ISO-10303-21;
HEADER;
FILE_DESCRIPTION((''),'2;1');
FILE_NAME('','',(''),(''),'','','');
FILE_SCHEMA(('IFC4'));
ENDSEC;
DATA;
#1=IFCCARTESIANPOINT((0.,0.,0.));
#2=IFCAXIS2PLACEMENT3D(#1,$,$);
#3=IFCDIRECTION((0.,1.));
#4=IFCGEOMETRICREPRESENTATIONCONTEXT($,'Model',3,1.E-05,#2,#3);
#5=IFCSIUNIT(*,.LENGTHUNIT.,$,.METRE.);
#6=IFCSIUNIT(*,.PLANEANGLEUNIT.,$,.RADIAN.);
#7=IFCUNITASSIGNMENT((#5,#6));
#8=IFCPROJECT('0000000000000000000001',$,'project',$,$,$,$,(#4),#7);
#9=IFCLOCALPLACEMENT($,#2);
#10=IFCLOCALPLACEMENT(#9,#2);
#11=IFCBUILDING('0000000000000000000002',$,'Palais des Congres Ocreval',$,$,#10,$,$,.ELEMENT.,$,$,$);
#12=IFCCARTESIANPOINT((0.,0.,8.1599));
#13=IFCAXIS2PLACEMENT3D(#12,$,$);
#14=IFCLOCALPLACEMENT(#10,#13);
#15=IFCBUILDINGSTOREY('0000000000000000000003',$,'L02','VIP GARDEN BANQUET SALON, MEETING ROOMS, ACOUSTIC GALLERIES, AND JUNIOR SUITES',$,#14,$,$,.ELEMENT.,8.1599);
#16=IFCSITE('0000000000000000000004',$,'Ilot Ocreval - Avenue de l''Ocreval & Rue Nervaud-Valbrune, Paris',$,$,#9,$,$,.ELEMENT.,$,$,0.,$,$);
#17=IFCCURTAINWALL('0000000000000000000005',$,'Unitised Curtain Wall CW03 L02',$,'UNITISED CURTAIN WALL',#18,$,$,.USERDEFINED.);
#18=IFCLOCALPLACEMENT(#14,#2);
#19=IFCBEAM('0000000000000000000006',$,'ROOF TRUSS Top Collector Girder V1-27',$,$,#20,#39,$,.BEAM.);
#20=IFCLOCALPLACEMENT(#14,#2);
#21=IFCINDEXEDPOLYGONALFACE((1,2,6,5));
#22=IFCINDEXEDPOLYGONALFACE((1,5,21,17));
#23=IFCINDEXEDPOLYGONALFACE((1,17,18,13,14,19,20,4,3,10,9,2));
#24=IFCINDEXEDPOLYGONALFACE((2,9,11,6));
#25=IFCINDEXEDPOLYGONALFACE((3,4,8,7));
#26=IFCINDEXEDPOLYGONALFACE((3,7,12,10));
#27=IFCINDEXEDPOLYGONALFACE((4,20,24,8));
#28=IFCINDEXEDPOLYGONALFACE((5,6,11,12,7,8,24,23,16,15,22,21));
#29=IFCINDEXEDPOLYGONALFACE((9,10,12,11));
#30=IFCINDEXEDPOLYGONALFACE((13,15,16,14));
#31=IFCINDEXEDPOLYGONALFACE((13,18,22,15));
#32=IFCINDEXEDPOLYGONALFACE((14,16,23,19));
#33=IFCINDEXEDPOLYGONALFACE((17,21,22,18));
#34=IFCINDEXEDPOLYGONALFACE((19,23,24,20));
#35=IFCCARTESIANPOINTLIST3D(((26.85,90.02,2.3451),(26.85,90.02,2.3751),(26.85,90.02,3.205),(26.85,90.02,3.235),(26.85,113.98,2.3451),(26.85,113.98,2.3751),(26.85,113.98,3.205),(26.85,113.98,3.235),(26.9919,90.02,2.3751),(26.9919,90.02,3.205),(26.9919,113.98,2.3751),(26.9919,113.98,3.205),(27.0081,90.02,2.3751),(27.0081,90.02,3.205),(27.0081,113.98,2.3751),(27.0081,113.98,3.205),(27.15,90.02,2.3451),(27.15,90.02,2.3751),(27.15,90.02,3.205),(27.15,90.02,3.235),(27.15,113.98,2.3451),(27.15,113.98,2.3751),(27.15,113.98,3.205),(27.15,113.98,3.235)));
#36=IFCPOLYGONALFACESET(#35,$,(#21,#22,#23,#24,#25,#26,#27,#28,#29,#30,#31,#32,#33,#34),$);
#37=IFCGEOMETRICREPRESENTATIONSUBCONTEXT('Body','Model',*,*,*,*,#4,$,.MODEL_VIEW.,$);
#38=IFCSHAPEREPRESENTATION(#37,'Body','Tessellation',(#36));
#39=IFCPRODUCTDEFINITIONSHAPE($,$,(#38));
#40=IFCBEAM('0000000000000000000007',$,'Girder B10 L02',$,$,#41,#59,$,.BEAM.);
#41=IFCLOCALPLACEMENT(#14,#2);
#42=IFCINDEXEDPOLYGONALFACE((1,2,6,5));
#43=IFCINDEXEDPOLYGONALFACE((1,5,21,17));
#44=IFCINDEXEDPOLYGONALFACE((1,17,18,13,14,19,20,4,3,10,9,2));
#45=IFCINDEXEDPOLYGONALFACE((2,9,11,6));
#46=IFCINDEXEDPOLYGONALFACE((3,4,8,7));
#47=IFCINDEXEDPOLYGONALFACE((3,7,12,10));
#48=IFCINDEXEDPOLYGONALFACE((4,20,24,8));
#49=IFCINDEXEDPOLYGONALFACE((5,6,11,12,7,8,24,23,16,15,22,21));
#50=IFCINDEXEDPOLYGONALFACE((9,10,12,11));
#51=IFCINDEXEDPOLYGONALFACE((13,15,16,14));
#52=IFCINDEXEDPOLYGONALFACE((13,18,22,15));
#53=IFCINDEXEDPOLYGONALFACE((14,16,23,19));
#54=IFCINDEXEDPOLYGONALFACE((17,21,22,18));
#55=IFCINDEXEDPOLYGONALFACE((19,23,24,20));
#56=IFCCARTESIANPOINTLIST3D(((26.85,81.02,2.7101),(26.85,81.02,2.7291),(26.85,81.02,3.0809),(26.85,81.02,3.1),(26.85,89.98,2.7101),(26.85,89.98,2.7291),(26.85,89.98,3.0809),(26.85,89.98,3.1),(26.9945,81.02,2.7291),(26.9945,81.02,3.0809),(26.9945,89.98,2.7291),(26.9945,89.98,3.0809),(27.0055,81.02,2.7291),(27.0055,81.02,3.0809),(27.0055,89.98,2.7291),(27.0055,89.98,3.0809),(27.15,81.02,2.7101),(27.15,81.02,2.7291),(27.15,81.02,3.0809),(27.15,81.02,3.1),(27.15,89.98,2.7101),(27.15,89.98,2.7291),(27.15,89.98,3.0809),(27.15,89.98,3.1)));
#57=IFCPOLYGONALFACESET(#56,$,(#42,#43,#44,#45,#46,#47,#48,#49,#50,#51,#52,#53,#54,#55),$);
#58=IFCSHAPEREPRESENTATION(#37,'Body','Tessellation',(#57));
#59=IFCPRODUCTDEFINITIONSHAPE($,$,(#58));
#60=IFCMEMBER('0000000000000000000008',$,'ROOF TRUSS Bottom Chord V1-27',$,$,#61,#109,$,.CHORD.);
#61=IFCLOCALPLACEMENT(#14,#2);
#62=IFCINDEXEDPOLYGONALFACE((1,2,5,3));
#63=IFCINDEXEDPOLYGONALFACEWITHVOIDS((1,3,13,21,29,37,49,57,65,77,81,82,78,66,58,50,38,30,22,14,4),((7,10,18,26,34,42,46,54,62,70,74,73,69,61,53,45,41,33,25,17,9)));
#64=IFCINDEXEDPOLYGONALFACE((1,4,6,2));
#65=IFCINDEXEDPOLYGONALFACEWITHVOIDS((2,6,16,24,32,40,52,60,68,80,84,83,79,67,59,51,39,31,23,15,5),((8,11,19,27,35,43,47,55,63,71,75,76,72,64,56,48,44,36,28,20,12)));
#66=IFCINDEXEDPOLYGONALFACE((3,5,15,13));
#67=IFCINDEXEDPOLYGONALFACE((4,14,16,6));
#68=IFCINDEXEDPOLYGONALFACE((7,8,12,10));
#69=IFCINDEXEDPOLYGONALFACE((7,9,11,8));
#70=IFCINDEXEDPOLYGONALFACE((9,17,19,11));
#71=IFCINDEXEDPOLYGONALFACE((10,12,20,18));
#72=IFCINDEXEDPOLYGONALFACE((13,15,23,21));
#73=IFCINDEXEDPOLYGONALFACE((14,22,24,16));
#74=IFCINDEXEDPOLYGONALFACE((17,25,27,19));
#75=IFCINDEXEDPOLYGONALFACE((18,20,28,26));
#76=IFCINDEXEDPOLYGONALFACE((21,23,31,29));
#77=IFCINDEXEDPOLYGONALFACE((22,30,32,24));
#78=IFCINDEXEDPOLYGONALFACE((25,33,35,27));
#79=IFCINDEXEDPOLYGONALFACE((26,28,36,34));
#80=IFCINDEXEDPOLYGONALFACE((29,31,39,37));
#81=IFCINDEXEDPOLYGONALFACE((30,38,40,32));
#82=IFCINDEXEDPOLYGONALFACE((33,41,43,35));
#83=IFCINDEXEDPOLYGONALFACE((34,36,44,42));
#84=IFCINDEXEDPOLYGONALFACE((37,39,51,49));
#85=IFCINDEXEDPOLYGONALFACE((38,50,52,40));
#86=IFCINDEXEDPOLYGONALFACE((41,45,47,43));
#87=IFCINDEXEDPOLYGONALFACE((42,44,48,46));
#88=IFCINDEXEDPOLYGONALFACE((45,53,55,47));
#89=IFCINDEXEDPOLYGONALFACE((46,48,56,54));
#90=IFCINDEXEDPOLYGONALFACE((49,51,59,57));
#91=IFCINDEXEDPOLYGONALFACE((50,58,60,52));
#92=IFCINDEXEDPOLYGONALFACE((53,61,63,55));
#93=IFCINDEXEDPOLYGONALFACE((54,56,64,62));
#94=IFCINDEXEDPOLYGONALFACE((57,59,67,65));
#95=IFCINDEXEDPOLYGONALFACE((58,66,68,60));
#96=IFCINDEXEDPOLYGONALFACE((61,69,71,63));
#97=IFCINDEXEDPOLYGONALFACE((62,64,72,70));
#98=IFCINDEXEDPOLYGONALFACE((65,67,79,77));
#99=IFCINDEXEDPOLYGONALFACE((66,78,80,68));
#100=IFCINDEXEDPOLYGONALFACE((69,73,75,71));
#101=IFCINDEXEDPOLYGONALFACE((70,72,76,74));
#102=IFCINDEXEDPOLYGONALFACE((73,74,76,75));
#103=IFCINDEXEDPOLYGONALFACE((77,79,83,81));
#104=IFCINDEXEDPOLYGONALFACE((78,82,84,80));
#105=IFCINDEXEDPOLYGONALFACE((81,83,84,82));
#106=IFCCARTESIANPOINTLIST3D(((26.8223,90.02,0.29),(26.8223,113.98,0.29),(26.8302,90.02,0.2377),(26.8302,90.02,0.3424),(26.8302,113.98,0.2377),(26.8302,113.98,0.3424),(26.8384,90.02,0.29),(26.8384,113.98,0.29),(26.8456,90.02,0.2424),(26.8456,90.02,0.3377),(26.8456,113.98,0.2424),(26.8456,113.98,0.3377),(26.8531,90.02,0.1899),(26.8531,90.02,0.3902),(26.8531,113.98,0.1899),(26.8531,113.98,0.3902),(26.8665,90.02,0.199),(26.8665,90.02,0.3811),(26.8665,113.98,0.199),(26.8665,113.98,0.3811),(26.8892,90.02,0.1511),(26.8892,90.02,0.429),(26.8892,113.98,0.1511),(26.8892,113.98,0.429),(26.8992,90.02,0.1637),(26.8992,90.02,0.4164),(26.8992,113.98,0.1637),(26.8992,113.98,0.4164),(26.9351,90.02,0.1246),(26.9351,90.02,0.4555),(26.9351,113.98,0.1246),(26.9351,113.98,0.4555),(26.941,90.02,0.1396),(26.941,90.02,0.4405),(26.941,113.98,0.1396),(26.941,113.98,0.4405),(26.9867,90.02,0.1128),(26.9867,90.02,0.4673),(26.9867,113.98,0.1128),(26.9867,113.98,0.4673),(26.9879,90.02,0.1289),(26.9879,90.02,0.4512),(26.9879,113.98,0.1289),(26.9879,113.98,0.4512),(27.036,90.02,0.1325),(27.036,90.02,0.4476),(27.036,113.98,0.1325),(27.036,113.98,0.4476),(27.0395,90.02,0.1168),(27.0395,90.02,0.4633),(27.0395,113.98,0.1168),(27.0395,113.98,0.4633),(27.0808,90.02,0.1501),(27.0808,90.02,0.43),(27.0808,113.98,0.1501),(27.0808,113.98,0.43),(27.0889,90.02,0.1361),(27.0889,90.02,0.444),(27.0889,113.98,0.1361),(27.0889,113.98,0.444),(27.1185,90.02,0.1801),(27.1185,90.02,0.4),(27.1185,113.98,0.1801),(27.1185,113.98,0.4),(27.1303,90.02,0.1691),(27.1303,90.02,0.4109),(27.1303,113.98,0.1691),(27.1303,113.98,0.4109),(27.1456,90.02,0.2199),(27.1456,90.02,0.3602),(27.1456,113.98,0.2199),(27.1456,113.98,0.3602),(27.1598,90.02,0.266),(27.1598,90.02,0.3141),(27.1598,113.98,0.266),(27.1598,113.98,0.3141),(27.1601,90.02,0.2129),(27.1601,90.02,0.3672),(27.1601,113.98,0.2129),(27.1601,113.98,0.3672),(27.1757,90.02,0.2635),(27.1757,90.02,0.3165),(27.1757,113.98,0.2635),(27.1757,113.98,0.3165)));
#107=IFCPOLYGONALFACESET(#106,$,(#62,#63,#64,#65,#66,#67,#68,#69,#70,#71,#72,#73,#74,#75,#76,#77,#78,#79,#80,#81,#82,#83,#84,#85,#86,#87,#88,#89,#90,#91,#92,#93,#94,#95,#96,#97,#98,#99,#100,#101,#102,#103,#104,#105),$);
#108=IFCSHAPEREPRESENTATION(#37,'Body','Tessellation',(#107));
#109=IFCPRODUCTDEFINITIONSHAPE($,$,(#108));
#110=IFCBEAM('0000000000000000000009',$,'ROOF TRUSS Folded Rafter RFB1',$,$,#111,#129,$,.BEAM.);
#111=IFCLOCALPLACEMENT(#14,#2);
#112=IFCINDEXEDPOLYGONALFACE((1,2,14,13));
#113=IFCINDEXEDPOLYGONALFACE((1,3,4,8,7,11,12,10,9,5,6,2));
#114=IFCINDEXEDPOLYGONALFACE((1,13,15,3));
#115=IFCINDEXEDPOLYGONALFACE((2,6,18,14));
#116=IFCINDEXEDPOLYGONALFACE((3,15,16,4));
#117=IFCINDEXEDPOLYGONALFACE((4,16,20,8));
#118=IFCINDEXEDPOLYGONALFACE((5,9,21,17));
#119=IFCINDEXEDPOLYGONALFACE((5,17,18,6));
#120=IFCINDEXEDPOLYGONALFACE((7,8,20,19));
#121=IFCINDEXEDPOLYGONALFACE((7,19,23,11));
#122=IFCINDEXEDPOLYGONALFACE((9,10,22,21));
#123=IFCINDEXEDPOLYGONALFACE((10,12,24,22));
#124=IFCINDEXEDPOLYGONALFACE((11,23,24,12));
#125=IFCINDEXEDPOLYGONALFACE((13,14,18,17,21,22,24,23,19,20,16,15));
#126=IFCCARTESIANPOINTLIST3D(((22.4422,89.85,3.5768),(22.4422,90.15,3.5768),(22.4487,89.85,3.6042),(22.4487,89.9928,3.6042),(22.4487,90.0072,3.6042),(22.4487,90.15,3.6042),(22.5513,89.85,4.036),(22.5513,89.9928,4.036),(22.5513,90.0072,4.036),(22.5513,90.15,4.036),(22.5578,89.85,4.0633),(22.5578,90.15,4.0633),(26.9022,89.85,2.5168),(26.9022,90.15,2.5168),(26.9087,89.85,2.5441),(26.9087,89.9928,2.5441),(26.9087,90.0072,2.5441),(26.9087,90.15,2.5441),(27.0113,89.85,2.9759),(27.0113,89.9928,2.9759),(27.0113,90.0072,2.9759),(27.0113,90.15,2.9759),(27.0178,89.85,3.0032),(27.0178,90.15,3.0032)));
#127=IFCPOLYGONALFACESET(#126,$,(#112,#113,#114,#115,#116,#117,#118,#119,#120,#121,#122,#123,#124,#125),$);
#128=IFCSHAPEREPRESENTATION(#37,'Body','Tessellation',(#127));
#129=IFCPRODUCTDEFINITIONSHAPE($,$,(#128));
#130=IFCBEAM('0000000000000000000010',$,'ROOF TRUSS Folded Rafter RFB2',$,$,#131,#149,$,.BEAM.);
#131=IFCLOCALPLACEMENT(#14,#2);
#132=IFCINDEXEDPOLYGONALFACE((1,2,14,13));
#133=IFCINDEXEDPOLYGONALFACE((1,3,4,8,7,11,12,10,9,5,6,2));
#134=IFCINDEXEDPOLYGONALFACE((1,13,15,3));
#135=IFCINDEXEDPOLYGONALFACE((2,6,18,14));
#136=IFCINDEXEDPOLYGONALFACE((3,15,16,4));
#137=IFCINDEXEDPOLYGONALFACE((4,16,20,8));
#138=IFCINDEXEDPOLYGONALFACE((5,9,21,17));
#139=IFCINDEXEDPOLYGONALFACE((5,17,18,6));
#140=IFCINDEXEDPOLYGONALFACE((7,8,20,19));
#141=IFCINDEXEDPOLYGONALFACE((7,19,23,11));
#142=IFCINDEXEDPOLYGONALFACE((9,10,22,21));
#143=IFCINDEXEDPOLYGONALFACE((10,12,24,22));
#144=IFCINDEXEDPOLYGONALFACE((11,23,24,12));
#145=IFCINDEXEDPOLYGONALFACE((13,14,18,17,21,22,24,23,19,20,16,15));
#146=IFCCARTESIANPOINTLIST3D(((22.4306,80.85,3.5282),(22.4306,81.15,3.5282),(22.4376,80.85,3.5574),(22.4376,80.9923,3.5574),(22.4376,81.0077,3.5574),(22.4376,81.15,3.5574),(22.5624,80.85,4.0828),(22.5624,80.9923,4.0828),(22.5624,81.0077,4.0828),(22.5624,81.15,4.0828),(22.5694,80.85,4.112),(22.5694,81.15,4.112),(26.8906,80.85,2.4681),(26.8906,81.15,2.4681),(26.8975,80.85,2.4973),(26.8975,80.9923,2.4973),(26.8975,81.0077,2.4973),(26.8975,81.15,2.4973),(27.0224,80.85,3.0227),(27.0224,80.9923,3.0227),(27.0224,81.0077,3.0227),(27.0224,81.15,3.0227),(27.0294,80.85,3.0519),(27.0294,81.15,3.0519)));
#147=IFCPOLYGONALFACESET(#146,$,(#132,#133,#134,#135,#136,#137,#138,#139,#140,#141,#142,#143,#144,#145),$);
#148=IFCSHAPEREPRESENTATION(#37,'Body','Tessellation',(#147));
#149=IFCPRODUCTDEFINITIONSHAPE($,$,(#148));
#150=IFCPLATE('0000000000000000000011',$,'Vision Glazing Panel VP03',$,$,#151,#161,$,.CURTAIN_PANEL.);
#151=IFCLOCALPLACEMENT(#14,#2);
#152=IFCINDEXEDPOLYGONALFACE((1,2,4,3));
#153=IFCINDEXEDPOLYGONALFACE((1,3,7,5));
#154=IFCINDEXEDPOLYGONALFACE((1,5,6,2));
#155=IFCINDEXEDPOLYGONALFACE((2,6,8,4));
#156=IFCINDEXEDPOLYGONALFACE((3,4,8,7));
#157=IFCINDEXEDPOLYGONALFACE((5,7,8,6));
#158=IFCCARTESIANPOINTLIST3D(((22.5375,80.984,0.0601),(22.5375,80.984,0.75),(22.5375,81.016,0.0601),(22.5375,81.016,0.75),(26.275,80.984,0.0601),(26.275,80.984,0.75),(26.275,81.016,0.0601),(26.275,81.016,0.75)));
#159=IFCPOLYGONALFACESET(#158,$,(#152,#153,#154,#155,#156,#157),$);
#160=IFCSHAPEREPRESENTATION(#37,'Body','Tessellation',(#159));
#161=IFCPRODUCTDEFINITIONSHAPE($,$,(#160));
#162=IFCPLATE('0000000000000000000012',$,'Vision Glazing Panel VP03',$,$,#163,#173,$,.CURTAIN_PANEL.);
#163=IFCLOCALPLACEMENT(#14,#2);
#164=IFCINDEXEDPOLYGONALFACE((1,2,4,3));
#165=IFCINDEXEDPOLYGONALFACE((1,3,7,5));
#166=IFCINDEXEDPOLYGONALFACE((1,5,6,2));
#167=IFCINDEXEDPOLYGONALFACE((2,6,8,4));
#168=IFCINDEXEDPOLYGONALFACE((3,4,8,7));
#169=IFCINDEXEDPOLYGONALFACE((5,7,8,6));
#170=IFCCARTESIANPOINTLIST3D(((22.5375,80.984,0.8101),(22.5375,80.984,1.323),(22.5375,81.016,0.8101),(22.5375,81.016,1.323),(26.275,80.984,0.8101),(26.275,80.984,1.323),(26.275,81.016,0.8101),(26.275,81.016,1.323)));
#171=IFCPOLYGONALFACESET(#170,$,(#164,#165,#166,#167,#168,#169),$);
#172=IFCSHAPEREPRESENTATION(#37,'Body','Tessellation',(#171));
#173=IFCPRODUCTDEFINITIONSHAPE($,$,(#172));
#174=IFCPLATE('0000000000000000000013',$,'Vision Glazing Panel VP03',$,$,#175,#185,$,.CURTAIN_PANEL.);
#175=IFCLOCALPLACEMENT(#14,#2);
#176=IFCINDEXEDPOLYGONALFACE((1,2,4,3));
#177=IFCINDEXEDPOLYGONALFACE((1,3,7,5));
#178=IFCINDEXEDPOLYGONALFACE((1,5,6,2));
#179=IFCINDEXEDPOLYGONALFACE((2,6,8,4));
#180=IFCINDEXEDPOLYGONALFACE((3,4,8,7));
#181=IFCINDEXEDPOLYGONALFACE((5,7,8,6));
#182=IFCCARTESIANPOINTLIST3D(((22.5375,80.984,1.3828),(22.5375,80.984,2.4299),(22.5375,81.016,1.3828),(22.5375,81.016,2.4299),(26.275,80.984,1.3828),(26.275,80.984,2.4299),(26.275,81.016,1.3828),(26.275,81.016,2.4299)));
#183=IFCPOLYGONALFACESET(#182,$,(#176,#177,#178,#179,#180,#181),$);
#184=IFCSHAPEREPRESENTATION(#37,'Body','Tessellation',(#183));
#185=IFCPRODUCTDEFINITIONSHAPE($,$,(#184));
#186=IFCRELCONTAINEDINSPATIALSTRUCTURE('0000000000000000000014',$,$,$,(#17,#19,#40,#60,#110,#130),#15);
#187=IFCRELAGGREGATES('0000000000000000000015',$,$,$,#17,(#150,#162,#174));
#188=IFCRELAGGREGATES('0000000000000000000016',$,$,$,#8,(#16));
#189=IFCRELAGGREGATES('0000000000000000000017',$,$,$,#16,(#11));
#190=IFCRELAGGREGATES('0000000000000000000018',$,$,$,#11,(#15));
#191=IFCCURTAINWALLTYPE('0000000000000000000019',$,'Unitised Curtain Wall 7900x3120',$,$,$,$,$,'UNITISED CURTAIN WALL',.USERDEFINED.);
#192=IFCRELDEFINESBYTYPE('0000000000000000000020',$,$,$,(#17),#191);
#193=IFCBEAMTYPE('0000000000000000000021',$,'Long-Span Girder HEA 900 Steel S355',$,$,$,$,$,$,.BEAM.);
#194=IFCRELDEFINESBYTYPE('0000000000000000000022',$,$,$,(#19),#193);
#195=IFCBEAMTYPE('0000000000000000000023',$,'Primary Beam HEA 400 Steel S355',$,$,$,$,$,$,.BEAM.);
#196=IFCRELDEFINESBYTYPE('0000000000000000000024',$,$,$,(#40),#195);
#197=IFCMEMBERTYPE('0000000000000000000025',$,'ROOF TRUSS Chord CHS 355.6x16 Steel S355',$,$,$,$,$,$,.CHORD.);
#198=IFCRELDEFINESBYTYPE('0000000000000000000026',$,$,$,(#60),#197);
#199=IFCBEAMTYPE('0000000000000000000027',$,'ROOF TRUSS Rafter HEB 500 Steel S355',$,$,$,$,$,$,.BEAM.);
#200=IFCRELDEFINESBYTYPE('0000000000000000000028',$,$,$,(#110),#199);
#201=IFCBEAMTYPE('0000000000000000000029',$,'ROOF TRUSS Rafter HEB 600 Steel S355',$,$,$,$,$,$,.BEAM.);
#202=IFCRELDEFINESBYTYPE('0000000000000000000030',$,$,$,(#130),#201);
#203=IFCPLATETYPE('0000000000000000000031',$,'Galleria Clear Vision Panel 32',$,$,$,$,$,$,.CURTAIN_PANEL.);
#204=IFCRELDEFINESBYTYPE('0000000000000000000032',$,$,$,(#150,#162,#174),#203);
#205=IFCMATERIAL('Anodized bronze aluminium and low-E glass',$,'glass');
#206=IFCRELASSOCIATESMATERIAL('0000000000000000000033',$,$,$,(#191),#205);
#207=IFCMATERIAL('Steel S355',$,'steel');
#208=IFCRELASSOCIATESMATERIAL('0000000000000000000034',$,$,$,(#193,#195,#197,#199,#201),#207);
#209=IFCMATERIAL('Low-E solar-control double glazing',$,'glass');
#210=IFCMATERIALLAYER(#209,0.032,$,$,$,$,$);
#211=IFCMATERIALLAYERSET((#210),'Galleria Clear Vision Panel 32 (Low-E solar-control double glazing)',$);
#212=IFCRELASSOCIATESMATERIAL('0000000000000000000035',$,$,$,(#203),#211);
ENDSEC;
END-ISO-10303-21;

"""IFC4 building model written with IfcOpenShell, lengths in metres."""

from ifc_helpers import new_model, si_unit, direction, frame, origin, origin_2d, place, context, subcontext, project, spatial, rectangle, hollow_circle, i_section, extrude, material, layer, layer_set, material_profile, profile_set, type_object, element, aggregate, save


model = new_model("IFC4")

# Units and contexts
model_context = context("Model", 3, precision=1e-05, world=origin(), true_north=direction((0.0, 1.0)))
body_context = subcontext(model_context, "Body", "Model", "MODEL_VIEW")
ifc_project = project(units=[si_unit("LENGTHUNIT", "METRE"), si_unit("PLANEANGLEUNIT", "RADIAN")], contexts=[model_context])

# Site, building, storey
site_placement = place(None, origin())
site = spatial("IfcSite", under=ifc_project, at=site_placement, Name="Ilot Ocreval - Avenue de l'Ocreval & Rue Nervaud-Valbrune, Paris", CompositionType="ELEMENT", RefElevation=0.0)
building_placement = place(site_placement, origin())
building = spatial("IfcBuilding", under=site, at=building_placement, Name="Palais des Congres Ocreval", CompositionType="ELEMENT")
storey_placement = place(building_placement, frame((0.0, 0.0, 8.1599)))
storey = spatial("IfcBuildingStorey", under=building, at=storey_placement, Name="L02", Description="VIP GARDEN BANQUET SALON, MEETING ROOMS, ACOUSTIC GALLERIES, AND JUNIOR SUITES", CompositionType="ELEMENT", Elevation=8.1599)

# Shared definitions
ifc_material_1 = material(Name="Steel S355", Category="steel")

# Curtain wall
ifc_material_2 = material(Name="Anodized bronze aluminium and low-E glass", Category="glass")
curtain_wall_type = type_object("IfcCurtainWallType", Name="Unitised Curtain Wall 7900x3120", ElementType="UNITISED CURTAIN WALL", PredefinedType="USERDEFINED", material=ifc_material_2)
curtain_wall_placement = place(storey_placement, origin())
curtain_wall = element("IfcCurtainWall", 1, at=curtain_wall_placement, inside=storey, type_object=curtain_wall_type, Name="Unitised Curtain Wall CW03 L02", ObjectType="UNITISED CURTAIN WALL", PredefinedType="USERDEFINED")

# Beams
ifc_material_profile_1 = material_profile(ifc_material_1, i_section(OverallWidth=0.3, OverallDepth=0.8899, WebThickness=0.0161, FlangeThickness=0.03, at=origin_2d()), Name="HEA 900")
ifc_profile_set_1 = profile_set([ifc_material_profile_1], Name="Steel S355")
beam_type_1 = type_object("IfcBeamType", Name="Long-Span Girder HEA 900 Steel S355", PredefinedType="BEAM", material=ifc_profile_set_1)
beam_1_placement = place(storey_placement, frame((27.0, 90.02, 2.79), z_axis=(0.0, 1.0, 0.0), x_axis=(-1.0, 0.0, 0.0)))
element("IfcBeam", 2, at=beam_1_placement, inside=storey, type_object=beam_type_1, Name="ROOF TRUSS Top Collector Girder V1-27", PredefinedType="BEAM", context=body_context, shape_type="SweptSolid", body=[
    extrude(i_section(OverallWidth=0.3, OverallDepth=0.8899, WebThickness=0.0161, FlangeThickness=0.03, at=origin_2d()), origin(), (0.0, 0.0, 1.0), 23.96),
])
ifc_material_profile_2 = material_profile(ifc_material_1, i_section(OverallWidth=0.3, OverallDepth=0.3899, WebThickness=0.011, FlangeThickness=0.019, at=origin_2d()), Name="HEA 400")
ifc_profile_set_2 = profile_set([ifc_material_profile_2], Name="Steel S355")
beam_type_2 = type_object("IfcBeamType", Name="Primary Beam HEA 400 Steel S355", PredefinedType="BEAM", material=ifc_profile_set_2)
beam_2_placement = place(storey_placement, frame((27.0, 81.02, 2.905), z_axis=(0.0, 1.0, 0.0), x_axis=(-1.0, 0.0, 0.0)))
element("IfcBeam", 3, at=beam_2_placement, inside=storey, type_object=beam_type_2, Name="Girder B10 L02", PredefinedType="BEAM", context=body_context, shape_type="SweptSolid", body=[
    extrude(i_section(OverallWidth=0.3, OverallDepth=0.3899, WebThickness=0.011, FlangeThickness=0.019, at=origin_2d()), origin(), (0.0, 0.0, 1.0), 8.96),
])

# Member
ifc_material_profile_3 = material_profile(ifc_material_1, hollow_circle(Radius=0.1777, WallThickness=0.0161, at=origin_2d()), Name="CHS 355.6x16")
ifc_profile_set_3 = profile_set([ifc_material_profile_3], Name="Steel S355")
member_type_1 = type_object("IfcMemberType", Name="ROOF TRUSS Chord CHS 355.6x16 Steel S355", PredefinedType="CHORD", material=ifc_profile_set_3)
member_1_placement = place(storey_placement, frame((27.0, 90.02, 0.29), z_axis=(0.0, 1.0, 0.0), x_axis=(-1.0, 0.0, 0.0)))
element("IfcMember", 4, at=member_1_placement, inside=storey, type_object=member_type_1, Name="ROOF TRUSS Bottom Chord V1-27", PredefinedType="CHORD", context=body_context, shape_type="SweptSolid", body=[
    extrude(hollow_circle(Radius=0.1777, WallThickness=0.0161, at=origin_2d()), origin(), (0.0, 0.0, 1.0), 23.96),
])

# Beams
ifc_material_profile_4 = material_profile(ifc_material_1, i_section(OverallWidth=0.3, OverallDepth=0.5, WebThickness=0.0144, FlangeThickness=0.0281, at=origin_2d()), Name="HEB 500")
ifc_profile_set_4 = profile_set([ifc_material_profile_4], Name="Steel S355")
beam_type_3 = type_object("IfcBeamType", Name="ROOF TRUSS Rafter HEB 500 Steel S355", PredefinedType="BEAM", material=ifc_profile_set_4)
beam_3_placement = place(storey_placement, frame((22.5, 90.0, 3.8201), z_axis=(0.972896, 0.0, -0.231241), x_axis=(0.0, 1.0, 0.0)))
element("IfcBeam", 5, at=beam_3_placement, inside=storey, type_object=beam_type_3, Name="ROOF TRUSS Folded Rafter RFB1", PredefinedType="BEAM", context=body_context, shape_type="SweptSolid", body=[
    extrude(i_section(OverallWidth=0.3, OverallDepth=0.5, WebThickness=0.0144, FlangeThickness=0.0281, at=origin_2d()), origin(), (0.0, 0.0, 1.0), 4.5842),
])
ifc_material_profile_5 = material_profile(ifc_material_1, i_section(OverallWidth=0.3, OverallDepth=0.6001, WebThickness=0.0154, FlangeThickness=0.03, at=origin_2d()), Name="HEB 600")
ifc_profile_set_5 = profile_set([ifc_material_profile_5], Name="Steel S355")
beam_type_4 = type_object("IfcBeamType", Name="ROOF TRUSS Rafter HEB 600 Steel S355", PredefinedType="BEAM", material=ifc_profile_set_5)
beam_4_placement = place(storey_placement, frame((22.5, 81.0, 3.8201), z_axis=(0.972896, 0.0, -0.231241), x_axis=(0.0, 1.0, 0.0)))
element("IfcBeam", 6, at=beam_4_placement, inside=storey, type_object=beam_type_4, Name="ROOF TRUSS Folded Rafter RFB2", PredefinedType="BEAM", context=body_context, shape_type="SweptSolid", body=[
    extrude(i_section(OverallWidth=0.3, OverallDepth=0.6001, WebThickness=0.0154, FlangeThickness=0.03, at=origin_2d()), origin(), (0.0, 0.0, 1.0), 4.5842),
])

# Plates
ifc_material_3 = material(Name="Low-E solar-control double glazing", Category="glass")
ifc_layer_1 = layer(ifc_material_3, 0.032)
ifc_layer_set_1 = layer_set([ifc_layer_1], Name="Galleria Clear Vision Panel 32 (Low-E solar-control double glazing)")
plate_type_1 = type_object("IfcPlateType", Name="Galleria Clear Vision Panel 32", PredefinedType="CURTAIN_PANEL", material=ifc_layer_set_1)
plate_1_placement = place(storey_placement, frame((24.4062, 81.0, 0.0601), z_axis=(0.0, 0.0, 1.0), x_axis=(-1.0, 0.0, 0.0)))
plate_1 = element("IfcPlate", 7, at=plate_1_placement, type_object=plate_type_1, Name="Vision Glazing Panel VP03", PredefinedType="CURTAIN_PANEL", context=body_context, shape_type="SweptSolid", body=[
    extrude(rectangle(XDim=3.7375, YDim=0.032, at=origin_2d()), origin(), (0.0, 0.0, 1.0), 0.6899),
])
plate_2_placement = place(storey_placement, frame((24.4062, 81.0, 0.8101), z_axis=(0.0, 0.0, 1.0), x_axis=(-1.0, 0.0, 0.0)))
plate_2 = element("IfcPlate", 8, at=plate_2_placement, type_object=plate_type_1, Name="Vision Glazing Panel VP03", PredefinedType="CURTAIN_PANEL", context=body_context, shape_type="SweptSolid", body=[
    extrude(rectangle(XDim=3.7375, YDim=0.032, at=origin_2d()), origin(), (0.0, 0.0, 1.0), 0.5129),
])
plate_3_placement = place(storey_placement, frame((24.4062, 81.0, 1.3828), z_axis=(0.0, 0.0, 1.0), x_axis=(-1.0, 0.0, 0.0)))
plate_3 = element("IfcPlate", 9, at=plate_3_placement, type_object=plate_type_1, Name="Vision Glazing Panel VP03", PredefinedType="CURTAIN_PANEL", context=body_context, shape_type="SweptSolid", body=[
    extrude(rectangle(XDim=3.7375, YDim=0.032, at=origin_2d()), origin(), (0.0, 0.0, 1.0), 1.0471),
])
aggregate(curtain_wall, [plate_1, plate_2, plate_3])

save(model, "model.ifc")
